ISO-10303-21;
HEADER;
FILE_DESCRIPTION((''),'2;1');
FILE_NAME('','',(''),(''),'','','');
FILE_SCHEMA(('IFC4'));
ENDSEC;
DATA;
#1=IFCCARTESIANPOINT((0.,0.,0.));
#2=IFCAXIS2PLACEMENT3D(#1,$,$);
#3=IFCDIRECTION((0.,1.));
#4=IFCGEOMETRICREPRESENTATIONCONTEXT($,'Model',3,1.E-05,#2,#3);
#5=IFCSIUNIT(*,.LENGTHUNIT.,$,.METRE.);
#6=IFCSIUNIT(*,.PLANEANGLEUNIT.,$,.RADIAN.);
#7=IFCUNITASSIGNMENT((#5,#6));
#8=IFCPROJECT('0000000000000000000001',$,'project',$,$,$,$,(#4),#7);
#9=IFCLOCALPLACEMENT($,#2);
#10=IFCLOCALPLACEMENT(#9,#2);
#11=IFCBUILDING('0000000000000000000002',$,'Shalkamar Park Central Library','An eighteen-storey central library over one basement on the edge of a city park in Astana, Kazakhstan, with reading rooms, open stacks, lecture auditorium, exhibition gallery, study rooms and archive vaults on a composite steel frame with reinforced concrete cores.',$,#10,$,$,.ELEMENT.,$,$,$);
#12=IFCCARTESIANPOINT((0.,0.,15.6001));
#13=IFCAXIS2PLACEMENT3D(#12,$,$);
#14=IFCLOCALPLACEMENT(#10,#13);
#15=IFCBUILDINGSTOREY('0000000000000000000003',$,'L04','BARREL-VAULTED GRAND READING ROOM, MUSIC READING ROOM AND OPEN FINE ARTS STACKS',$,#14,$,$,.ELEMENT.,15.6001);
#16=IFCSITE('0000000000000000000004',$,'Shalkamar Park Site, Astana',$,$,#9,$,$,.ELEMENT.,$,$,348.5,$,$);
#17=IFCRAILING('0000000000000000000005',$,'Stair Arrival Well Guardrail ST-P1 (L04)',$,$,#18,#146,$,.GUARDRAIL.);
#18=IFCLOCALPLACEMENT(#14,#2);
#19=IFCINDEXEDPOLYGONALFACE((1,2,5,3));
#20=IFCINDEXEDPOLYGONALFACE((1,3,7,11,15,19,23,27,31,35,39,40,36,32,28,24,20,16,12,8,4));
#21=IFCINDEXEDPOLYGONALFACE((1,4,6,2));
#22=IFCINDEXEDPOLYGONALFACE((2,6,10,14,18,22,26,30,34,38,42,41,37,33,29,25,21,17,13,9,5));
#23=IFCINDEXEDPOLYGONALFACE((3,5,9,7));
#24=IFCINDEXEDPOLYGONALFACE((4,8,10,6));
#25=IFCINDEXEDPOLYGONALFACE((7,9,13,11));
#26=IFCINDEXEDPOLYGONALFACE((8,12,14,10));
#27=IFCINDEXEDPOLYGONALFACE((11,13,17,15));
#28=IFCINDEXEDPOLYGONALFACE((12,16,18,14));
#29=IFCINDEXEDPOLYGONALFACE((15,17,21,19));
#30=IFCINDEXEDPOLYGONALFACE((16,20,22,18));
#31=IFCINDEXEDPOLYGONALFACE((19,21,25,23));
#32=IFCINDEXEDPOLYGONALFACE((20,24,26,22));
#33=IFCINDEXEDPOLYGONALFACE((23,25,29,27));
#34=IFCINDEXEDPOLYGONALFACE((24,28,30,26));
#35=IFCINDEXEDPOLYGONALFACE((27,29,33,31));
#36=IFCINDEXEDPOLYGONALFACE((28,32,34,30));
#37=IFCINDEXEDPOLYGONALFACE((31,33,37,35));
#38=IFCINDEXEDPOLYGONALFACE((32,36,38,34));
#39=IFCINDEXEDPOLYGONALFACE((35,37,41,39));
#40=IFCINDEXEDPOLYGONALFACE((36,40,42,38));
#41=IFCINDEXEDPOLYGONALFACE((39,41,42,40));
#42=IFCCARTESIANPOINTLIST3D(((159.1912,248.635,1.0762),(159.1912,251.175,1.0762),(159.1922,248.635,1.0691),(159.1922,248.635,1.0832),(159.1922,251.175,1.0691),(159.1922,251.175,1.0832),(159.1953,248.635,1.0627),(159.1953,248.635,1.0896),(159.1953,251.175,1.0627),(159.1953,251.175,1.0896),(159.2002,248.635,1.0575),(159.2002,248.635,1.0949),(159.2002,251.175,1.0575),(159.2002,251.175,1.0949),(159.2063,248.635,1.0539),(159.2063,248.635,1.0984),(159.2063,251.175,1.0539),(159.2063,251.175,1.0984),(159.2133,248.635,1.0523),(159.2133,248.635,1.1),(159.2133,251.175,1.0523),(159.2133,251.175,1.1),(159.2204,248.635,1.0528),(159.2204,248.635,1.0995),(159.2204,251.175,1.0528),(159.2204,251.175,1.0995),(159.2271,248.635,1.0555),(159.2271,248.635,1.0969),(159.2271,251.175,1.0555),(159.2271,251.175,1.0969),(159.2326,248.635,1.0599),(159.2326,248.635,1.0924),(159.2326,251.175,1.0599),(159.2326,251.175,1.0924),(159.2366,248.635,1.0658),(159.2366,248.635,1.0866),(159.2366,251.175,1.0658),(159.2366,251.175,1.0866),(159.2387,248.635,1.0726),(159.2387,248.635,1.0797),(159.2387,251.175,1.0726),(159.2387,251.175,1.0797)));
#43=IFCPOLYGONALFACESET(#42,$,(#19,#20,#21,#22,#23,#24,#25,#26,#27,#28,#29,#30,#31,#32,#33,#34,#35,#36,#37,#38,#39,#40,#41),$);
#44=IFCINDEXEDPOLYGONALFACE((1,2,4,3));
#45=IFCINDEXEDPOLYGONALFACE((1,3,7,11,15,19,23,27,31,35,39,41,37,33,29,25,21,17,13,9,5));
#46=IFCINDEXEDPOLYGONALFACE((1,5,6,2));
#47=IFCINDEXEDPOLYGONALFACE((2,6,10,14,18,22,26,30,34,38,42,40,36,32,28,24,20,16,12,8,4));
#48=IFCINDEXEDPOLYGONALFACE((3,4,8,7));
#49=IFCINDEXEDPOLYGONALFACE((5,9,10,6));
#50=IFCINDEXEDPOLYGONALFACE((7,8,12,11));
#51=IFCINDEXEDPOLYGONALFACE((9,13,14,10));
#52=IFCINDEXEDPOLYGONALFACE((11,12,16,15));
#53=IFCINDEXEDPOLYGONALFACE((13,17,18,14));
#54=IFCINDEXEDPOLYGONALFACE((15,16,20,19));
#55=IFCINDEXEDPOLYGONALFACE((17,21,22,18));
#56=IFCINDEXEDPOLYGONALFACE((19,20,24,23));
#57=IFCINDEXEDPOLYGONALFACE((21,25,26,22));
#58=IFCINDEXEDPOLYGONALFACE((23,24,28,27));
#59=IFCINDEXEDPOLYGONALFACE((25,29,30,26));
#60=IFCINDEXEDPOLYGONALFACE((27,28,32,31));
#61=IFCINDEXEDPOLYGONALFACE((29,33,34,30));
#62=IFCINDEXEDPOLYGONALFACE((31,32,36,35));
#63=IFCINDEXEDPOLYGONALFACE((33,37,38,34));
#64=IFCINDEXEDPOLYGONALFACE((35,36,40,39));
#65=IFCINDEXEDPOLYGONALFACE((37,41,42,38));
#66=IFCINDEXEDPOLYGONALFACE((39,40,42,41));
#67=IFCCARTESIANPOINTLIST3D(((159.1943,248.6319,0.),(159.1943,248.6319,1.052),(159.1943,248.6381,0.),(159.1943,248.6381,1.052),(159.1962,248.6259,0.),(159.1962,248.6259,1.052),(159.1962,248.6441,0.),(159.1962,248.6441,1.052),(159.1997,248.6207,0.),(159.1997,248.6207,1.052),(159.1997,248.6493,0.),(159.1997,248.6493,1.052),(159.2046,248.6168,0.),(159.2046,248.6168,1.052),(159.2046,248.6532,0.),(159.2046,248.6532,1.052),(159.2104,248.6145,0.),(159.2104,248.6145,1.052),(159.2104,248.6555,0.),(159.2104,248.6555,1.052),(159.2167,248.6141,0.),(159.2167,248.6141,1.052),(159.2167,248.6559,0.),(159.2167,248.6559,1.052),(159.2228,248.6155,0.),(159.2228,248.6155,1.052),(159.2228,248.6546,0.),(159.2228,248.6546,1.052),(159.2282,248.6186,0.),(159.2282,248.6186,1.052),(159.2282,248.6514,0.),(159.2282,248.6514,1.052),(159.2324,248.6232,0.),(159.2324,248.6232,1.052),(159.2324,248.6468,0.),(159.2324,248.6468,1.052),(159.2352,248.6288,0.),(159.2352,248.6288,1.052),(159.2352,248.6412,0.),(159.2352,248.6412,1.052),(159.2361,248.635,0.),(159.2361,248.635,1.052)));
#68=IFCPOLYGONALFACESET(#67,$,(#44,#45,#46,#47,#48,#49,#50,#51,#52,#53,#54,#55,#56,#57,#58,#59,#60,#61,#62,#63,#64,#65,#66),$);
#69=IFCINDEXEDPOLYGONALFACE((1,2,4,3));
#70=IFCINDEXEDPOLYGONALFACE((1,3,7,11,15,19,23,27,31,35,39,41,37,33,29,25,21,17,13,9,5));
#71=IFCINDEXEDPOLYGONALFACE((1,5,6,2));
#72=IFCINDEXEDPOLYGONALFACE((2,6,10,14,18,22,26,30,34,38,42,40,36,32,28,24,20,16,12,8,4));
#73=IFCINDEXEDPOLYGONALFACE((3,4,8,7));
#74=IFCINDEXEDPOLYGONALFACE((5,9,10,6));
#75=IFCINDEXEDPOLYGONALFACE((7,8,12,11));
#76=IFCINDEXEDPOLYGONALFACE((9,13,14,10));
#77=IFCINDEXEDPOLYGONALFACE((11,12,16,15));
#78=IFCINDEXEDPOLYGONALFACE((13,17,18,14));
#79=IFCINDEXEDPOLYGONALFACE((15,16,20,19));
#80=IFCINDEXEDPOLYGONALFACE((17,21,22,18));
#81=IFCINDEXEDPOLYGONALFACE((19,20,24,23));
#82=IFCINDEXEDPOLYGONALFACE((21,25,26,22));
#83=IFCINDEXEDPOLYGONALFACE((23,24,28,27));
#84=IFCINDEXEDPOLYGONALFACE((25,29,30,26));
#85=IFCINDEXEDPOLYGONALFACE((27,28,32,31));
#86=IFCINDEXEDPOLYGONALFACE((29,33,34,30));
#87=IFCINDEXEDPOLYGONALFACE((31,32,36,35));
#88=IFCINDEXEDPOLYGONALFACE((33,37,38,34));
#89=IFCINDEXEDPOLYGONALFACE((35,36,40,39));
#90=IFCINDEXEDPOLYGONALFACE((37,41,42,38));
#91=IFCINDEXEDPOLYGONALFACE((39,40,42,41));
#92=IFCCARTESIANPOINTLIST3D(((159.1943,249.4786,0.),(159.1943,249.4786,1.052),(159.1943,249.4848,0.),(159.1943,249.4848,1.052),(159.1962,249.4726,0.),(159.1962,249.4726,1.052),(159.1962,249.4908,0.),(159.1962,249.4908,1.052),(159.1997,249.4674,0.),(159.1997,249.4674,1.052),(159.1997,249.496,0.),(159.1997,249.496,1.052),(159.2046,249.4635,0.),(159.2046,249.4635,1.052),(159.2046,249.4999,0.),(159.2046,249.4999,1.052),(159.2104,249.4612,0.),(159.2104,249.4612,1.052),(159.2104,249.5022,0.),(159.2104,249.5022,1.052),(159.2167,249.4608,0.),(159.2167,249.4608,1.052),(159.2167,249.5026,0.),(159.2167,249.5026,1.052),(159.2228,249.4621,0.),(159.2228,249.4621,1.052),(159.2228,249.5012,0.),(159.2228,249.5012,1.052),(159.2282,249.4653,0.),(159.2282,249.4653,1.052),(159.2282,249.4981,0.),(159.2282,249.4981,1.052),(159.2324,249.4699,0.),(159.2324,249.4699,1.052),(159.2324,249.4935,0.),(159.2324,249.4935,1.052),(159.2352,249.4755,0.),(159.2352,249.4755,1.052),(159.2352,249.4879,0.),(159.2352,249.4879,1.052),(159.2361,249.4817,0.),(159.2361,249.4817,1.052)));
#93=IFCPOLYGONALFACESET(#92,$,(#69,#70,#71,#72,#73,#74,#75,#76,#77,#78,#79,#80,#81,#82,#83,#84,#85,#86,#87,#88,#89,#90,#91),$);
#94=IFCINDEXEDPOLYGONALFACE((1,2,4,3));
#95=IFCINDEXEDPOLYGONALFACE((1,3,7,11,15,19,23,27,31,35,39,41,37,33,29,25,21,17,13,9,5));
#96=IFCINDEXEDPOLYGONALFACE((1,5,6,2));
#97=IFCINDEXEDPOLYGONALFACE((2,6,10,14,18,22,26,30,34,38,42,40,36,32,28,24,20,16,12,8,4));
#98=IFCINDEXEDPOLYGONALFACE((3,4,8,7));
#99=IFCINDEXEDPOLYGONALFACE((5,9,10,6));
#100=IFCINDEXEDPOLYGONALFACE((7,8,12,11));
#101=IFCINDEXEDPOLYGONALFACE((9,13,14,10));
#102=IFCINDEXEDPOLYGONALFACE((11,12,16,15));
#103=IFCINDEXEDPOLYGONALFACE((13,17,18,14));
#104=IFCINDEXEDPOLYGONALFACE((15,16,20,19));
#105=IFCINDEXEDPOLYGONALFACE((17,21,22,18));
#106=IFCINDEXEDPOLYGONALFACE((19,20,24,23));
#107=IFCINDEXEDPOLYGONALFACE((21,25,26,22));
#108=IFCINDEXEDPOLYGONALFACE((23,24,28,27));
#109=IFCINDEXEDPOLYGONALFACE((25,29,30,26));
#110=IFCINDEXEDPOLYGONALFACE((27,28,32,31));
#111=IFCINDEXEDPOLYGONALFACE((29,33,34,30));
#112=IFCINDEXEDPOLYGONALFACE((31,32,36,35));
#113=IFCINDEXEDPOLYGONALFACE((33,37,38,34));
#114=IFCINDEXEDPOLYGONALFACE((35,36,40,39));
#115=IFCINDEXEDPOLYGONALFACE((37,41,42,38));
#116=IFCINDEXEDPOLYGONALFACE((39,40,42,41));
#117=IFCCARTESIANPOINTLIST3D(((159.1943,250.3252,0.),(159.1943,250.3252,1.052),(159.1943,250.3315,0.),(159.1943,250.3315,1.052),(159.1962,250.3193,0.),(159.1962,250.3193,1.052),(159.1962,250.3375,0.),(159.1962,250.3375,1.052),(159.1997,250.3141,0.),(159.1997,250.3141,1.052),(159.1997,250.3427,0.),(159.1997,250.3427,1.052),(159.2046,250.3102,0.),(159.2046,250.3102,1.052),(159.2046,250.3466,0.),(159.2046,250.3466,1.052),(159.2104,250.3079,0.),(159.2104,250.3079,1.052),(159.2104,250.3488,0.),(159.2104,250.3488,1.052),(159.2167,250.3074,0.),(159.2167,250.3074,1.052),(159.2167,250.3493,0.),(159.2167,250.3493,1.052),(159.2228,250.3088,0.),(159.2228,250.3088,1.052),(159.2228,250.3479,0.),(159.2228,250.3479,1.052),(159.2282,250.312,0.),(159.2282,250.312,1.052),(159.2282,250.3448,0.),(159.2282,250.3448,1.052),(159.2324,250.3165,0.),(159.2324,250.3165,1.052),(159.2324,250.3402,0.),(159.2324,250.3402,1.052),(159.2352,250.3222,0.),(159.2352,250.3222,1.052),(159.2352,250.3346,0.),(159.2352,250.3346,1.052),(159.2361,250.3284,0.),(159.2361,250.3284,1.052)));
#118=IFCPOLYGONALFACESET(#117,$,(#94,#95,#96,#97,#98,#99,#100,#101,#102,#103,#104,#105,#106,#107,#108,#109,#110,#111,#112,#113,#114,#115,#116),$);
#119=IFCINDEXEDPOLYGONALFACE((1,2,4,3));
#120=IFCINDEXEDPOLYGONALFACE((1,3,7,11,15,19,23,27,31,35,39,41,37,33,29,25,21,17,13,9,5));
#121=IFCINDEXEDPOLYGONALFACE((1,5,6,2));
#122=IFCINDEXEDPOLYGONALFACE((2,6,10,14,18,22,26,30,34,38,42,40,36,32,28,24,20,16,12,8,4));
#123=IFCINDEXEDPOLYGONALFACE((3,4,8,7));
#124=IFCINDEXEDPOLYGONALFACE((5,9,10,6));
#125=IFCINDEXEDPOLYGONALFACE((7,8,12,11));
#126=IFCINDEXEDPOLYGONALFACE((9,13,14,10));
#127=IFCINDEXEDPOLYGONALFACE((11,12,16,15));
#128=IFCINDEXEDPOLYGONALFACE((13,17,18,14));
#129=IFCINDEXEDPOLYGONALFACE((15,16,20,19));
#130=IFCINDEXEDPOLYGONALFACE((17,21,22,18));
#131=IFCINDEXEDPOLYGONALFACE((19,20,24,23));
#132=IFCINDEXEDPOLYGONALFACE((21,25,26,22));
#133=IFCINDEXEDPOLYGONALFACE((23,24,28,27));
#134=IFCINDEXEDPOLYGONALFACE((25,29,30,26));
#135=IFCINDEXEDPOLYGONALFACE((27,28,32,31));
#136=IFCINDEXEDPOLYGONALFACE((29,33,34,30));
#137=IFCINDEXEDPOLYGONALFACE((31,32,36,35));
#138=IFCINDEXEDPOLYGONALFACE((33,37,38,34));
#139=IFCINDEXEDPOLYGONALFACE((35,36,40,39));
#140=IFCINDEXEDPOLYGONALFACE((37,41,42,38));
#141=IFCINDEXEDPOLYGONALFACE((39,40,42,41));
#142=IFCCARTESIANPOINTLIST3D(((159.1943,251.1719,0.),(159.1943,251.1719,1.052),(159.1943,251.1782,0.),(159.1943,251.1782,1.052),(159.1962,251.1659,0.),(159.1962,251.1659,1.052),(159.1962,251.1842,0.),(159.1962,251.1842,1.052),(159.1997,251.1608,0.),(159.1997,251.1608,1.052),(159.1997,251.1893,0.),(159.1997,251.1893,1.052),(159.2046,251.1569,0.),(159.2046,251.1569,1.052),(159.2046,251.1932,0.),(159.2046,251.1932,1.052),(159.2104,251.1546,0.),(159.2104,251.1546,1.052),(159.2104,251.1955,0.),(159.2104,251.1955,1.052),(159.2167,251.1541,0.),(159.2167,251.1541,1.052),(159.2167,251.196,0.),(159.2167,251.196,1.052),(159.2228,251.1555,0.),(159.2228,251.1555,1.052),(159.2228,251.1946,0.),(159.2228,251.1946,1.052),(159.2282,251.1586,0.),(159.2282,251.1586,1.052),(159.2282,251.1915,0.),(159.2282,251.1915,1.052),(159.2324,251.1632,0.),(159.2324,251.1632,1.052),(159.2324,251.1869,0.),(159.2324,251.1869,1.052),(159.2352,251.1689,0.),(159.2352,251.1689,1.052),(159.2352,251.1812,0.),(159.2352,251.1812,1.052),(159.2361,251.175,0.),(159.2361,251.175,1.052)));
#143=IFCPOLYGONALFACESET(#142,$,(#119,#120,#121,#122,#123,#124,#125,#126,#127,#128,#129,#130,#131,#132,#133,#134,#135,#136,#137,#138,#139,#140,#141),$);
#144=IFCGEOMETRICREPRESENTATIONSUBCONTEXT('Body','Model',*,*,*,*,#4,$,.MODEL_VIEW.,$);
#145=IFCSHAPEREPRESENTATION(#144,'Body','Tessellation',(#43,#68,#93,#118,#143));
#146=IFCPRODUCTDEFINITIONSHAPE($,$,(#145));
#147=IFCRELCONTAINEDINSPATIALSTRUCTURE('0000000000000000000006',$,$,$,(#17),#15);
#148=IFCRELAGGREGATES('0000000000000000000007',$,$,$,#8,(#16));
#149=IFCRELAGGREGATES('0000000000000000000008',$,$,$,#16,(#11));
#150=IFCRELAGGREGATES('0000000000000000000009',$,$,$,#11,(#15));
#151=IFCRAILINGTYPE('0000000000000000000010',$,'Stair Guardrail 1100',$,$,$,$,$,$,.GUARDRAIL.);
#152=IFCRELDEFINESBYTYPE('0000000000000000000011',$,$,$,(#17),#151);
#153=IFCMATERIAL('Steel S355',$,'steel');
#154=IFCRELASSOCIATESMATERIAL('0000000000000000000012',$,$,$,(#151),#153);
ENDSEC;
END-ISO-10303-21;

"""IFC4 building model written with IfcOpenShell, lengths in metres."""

from ifc_helpers import new_model, si_unit, direction, frame, origin, origin_2d, place, context, subcontext, project, spatial, circle, extrude, material, type_object, element, save


model = new_model("IFC4")

# Units and contexts
model_context = context("Model", 3, precision=1e-05, world=origin(), true_north=direction((0.0, 1.0)))
body_context = subcontext(model_context, "Body", "Model", "MODEL_VIEW")
ifc_project = project(units=[si_unit("LENGTHUNIT", "METRE"), si_unit("PLANEANGLEUNIT", "RADIAN")], contexts=[model_context])

# Site, building, storey
site_placement = place(None, origin())
site = spatial("IfcSite", under=ifc_project, at=site_placement, Name="Shalkamar Park Site, Astana", CompositionType="ELEMENT", RefElevation=348.5)
building_placement = place(site_placement, origin())
building = spatial("IfcBuilding", under=site, at=building_placement, Name="Shalkamar Park Central Library", Description="An eighteen-storey central library over one basement on the edge of a city park in Astana, Kazakhstan, with reading rooms, open stacks, lecture auditorium, exhibition gallery, study rooms and archive vaults on a composite steel frame with reinforced concrete cores.", CompositionType="ELEMENT")
storey_placement = place(building_placement, frame((0.0, 0.0, 15.6001)))
storey = spatial("IfcBuildingStorey", under=building, at=storey_placement, Name="L04", Description="BARREL-VAULTED GRAND READING ROOM, MUSIC READING ROOM AND OPEN FINE ARTS STACKS", CompositionType="ELEMENT", Elevation=15.6001)

# Shared definitions
ifc_material_1 = material(Name="Steel S355", Category="steel")

# Railing
railing_type_1 = type_object("IfcRailingType", Name="Stair Guardrail 1100", PredefinedType="GUARDRAIL", material=ifc_material_1)
railing_1_placement = place(storey_placement, frame((159.2151, 248.635, 0.0)))
element("IfcRailing", 1, at=railing_1_placement, inside=storey, type_object=railing_type_1, Name="Stair Arrival Well Guardrail ST-P1 (L04)", PredefinedType="GUARDRAIL", context=body_context, shape_type="SweptSolid", body=[
    extrude(circle(Radius=0.0239, at=origin_2d()), frame((0.0, 0.0, 1.0762), z_axis=(0.0, 1.0, 0.0), x_axis=(-1.0, 0.0, 0.0)), (0.0, 0.0, 1.0), 2.54),
    extrude(circle(Radius=0.021, at=origin_2d()), origin(), (0.0, 0.0, 1.0), 1.052),
    extrude(circle(Radius=0.021, at=origin_2d()), frame((0.0, 0.8467, 0.0)), (0.0, 0.0, 1.0), 1.052),
    extrude(circle(Radius=0.021, at=origin_2d()), frame((0.0, 1.6934, 0.0)), (0.0, 0.0, 1.0), 1.052),
    extrude(circle(Radius=0.021, at=origin_2d()), frame((0.0, 2.54, 0.0)), (0.0, 0.0, 1.0), 1.052),
])

save(model, "model.ifc")
